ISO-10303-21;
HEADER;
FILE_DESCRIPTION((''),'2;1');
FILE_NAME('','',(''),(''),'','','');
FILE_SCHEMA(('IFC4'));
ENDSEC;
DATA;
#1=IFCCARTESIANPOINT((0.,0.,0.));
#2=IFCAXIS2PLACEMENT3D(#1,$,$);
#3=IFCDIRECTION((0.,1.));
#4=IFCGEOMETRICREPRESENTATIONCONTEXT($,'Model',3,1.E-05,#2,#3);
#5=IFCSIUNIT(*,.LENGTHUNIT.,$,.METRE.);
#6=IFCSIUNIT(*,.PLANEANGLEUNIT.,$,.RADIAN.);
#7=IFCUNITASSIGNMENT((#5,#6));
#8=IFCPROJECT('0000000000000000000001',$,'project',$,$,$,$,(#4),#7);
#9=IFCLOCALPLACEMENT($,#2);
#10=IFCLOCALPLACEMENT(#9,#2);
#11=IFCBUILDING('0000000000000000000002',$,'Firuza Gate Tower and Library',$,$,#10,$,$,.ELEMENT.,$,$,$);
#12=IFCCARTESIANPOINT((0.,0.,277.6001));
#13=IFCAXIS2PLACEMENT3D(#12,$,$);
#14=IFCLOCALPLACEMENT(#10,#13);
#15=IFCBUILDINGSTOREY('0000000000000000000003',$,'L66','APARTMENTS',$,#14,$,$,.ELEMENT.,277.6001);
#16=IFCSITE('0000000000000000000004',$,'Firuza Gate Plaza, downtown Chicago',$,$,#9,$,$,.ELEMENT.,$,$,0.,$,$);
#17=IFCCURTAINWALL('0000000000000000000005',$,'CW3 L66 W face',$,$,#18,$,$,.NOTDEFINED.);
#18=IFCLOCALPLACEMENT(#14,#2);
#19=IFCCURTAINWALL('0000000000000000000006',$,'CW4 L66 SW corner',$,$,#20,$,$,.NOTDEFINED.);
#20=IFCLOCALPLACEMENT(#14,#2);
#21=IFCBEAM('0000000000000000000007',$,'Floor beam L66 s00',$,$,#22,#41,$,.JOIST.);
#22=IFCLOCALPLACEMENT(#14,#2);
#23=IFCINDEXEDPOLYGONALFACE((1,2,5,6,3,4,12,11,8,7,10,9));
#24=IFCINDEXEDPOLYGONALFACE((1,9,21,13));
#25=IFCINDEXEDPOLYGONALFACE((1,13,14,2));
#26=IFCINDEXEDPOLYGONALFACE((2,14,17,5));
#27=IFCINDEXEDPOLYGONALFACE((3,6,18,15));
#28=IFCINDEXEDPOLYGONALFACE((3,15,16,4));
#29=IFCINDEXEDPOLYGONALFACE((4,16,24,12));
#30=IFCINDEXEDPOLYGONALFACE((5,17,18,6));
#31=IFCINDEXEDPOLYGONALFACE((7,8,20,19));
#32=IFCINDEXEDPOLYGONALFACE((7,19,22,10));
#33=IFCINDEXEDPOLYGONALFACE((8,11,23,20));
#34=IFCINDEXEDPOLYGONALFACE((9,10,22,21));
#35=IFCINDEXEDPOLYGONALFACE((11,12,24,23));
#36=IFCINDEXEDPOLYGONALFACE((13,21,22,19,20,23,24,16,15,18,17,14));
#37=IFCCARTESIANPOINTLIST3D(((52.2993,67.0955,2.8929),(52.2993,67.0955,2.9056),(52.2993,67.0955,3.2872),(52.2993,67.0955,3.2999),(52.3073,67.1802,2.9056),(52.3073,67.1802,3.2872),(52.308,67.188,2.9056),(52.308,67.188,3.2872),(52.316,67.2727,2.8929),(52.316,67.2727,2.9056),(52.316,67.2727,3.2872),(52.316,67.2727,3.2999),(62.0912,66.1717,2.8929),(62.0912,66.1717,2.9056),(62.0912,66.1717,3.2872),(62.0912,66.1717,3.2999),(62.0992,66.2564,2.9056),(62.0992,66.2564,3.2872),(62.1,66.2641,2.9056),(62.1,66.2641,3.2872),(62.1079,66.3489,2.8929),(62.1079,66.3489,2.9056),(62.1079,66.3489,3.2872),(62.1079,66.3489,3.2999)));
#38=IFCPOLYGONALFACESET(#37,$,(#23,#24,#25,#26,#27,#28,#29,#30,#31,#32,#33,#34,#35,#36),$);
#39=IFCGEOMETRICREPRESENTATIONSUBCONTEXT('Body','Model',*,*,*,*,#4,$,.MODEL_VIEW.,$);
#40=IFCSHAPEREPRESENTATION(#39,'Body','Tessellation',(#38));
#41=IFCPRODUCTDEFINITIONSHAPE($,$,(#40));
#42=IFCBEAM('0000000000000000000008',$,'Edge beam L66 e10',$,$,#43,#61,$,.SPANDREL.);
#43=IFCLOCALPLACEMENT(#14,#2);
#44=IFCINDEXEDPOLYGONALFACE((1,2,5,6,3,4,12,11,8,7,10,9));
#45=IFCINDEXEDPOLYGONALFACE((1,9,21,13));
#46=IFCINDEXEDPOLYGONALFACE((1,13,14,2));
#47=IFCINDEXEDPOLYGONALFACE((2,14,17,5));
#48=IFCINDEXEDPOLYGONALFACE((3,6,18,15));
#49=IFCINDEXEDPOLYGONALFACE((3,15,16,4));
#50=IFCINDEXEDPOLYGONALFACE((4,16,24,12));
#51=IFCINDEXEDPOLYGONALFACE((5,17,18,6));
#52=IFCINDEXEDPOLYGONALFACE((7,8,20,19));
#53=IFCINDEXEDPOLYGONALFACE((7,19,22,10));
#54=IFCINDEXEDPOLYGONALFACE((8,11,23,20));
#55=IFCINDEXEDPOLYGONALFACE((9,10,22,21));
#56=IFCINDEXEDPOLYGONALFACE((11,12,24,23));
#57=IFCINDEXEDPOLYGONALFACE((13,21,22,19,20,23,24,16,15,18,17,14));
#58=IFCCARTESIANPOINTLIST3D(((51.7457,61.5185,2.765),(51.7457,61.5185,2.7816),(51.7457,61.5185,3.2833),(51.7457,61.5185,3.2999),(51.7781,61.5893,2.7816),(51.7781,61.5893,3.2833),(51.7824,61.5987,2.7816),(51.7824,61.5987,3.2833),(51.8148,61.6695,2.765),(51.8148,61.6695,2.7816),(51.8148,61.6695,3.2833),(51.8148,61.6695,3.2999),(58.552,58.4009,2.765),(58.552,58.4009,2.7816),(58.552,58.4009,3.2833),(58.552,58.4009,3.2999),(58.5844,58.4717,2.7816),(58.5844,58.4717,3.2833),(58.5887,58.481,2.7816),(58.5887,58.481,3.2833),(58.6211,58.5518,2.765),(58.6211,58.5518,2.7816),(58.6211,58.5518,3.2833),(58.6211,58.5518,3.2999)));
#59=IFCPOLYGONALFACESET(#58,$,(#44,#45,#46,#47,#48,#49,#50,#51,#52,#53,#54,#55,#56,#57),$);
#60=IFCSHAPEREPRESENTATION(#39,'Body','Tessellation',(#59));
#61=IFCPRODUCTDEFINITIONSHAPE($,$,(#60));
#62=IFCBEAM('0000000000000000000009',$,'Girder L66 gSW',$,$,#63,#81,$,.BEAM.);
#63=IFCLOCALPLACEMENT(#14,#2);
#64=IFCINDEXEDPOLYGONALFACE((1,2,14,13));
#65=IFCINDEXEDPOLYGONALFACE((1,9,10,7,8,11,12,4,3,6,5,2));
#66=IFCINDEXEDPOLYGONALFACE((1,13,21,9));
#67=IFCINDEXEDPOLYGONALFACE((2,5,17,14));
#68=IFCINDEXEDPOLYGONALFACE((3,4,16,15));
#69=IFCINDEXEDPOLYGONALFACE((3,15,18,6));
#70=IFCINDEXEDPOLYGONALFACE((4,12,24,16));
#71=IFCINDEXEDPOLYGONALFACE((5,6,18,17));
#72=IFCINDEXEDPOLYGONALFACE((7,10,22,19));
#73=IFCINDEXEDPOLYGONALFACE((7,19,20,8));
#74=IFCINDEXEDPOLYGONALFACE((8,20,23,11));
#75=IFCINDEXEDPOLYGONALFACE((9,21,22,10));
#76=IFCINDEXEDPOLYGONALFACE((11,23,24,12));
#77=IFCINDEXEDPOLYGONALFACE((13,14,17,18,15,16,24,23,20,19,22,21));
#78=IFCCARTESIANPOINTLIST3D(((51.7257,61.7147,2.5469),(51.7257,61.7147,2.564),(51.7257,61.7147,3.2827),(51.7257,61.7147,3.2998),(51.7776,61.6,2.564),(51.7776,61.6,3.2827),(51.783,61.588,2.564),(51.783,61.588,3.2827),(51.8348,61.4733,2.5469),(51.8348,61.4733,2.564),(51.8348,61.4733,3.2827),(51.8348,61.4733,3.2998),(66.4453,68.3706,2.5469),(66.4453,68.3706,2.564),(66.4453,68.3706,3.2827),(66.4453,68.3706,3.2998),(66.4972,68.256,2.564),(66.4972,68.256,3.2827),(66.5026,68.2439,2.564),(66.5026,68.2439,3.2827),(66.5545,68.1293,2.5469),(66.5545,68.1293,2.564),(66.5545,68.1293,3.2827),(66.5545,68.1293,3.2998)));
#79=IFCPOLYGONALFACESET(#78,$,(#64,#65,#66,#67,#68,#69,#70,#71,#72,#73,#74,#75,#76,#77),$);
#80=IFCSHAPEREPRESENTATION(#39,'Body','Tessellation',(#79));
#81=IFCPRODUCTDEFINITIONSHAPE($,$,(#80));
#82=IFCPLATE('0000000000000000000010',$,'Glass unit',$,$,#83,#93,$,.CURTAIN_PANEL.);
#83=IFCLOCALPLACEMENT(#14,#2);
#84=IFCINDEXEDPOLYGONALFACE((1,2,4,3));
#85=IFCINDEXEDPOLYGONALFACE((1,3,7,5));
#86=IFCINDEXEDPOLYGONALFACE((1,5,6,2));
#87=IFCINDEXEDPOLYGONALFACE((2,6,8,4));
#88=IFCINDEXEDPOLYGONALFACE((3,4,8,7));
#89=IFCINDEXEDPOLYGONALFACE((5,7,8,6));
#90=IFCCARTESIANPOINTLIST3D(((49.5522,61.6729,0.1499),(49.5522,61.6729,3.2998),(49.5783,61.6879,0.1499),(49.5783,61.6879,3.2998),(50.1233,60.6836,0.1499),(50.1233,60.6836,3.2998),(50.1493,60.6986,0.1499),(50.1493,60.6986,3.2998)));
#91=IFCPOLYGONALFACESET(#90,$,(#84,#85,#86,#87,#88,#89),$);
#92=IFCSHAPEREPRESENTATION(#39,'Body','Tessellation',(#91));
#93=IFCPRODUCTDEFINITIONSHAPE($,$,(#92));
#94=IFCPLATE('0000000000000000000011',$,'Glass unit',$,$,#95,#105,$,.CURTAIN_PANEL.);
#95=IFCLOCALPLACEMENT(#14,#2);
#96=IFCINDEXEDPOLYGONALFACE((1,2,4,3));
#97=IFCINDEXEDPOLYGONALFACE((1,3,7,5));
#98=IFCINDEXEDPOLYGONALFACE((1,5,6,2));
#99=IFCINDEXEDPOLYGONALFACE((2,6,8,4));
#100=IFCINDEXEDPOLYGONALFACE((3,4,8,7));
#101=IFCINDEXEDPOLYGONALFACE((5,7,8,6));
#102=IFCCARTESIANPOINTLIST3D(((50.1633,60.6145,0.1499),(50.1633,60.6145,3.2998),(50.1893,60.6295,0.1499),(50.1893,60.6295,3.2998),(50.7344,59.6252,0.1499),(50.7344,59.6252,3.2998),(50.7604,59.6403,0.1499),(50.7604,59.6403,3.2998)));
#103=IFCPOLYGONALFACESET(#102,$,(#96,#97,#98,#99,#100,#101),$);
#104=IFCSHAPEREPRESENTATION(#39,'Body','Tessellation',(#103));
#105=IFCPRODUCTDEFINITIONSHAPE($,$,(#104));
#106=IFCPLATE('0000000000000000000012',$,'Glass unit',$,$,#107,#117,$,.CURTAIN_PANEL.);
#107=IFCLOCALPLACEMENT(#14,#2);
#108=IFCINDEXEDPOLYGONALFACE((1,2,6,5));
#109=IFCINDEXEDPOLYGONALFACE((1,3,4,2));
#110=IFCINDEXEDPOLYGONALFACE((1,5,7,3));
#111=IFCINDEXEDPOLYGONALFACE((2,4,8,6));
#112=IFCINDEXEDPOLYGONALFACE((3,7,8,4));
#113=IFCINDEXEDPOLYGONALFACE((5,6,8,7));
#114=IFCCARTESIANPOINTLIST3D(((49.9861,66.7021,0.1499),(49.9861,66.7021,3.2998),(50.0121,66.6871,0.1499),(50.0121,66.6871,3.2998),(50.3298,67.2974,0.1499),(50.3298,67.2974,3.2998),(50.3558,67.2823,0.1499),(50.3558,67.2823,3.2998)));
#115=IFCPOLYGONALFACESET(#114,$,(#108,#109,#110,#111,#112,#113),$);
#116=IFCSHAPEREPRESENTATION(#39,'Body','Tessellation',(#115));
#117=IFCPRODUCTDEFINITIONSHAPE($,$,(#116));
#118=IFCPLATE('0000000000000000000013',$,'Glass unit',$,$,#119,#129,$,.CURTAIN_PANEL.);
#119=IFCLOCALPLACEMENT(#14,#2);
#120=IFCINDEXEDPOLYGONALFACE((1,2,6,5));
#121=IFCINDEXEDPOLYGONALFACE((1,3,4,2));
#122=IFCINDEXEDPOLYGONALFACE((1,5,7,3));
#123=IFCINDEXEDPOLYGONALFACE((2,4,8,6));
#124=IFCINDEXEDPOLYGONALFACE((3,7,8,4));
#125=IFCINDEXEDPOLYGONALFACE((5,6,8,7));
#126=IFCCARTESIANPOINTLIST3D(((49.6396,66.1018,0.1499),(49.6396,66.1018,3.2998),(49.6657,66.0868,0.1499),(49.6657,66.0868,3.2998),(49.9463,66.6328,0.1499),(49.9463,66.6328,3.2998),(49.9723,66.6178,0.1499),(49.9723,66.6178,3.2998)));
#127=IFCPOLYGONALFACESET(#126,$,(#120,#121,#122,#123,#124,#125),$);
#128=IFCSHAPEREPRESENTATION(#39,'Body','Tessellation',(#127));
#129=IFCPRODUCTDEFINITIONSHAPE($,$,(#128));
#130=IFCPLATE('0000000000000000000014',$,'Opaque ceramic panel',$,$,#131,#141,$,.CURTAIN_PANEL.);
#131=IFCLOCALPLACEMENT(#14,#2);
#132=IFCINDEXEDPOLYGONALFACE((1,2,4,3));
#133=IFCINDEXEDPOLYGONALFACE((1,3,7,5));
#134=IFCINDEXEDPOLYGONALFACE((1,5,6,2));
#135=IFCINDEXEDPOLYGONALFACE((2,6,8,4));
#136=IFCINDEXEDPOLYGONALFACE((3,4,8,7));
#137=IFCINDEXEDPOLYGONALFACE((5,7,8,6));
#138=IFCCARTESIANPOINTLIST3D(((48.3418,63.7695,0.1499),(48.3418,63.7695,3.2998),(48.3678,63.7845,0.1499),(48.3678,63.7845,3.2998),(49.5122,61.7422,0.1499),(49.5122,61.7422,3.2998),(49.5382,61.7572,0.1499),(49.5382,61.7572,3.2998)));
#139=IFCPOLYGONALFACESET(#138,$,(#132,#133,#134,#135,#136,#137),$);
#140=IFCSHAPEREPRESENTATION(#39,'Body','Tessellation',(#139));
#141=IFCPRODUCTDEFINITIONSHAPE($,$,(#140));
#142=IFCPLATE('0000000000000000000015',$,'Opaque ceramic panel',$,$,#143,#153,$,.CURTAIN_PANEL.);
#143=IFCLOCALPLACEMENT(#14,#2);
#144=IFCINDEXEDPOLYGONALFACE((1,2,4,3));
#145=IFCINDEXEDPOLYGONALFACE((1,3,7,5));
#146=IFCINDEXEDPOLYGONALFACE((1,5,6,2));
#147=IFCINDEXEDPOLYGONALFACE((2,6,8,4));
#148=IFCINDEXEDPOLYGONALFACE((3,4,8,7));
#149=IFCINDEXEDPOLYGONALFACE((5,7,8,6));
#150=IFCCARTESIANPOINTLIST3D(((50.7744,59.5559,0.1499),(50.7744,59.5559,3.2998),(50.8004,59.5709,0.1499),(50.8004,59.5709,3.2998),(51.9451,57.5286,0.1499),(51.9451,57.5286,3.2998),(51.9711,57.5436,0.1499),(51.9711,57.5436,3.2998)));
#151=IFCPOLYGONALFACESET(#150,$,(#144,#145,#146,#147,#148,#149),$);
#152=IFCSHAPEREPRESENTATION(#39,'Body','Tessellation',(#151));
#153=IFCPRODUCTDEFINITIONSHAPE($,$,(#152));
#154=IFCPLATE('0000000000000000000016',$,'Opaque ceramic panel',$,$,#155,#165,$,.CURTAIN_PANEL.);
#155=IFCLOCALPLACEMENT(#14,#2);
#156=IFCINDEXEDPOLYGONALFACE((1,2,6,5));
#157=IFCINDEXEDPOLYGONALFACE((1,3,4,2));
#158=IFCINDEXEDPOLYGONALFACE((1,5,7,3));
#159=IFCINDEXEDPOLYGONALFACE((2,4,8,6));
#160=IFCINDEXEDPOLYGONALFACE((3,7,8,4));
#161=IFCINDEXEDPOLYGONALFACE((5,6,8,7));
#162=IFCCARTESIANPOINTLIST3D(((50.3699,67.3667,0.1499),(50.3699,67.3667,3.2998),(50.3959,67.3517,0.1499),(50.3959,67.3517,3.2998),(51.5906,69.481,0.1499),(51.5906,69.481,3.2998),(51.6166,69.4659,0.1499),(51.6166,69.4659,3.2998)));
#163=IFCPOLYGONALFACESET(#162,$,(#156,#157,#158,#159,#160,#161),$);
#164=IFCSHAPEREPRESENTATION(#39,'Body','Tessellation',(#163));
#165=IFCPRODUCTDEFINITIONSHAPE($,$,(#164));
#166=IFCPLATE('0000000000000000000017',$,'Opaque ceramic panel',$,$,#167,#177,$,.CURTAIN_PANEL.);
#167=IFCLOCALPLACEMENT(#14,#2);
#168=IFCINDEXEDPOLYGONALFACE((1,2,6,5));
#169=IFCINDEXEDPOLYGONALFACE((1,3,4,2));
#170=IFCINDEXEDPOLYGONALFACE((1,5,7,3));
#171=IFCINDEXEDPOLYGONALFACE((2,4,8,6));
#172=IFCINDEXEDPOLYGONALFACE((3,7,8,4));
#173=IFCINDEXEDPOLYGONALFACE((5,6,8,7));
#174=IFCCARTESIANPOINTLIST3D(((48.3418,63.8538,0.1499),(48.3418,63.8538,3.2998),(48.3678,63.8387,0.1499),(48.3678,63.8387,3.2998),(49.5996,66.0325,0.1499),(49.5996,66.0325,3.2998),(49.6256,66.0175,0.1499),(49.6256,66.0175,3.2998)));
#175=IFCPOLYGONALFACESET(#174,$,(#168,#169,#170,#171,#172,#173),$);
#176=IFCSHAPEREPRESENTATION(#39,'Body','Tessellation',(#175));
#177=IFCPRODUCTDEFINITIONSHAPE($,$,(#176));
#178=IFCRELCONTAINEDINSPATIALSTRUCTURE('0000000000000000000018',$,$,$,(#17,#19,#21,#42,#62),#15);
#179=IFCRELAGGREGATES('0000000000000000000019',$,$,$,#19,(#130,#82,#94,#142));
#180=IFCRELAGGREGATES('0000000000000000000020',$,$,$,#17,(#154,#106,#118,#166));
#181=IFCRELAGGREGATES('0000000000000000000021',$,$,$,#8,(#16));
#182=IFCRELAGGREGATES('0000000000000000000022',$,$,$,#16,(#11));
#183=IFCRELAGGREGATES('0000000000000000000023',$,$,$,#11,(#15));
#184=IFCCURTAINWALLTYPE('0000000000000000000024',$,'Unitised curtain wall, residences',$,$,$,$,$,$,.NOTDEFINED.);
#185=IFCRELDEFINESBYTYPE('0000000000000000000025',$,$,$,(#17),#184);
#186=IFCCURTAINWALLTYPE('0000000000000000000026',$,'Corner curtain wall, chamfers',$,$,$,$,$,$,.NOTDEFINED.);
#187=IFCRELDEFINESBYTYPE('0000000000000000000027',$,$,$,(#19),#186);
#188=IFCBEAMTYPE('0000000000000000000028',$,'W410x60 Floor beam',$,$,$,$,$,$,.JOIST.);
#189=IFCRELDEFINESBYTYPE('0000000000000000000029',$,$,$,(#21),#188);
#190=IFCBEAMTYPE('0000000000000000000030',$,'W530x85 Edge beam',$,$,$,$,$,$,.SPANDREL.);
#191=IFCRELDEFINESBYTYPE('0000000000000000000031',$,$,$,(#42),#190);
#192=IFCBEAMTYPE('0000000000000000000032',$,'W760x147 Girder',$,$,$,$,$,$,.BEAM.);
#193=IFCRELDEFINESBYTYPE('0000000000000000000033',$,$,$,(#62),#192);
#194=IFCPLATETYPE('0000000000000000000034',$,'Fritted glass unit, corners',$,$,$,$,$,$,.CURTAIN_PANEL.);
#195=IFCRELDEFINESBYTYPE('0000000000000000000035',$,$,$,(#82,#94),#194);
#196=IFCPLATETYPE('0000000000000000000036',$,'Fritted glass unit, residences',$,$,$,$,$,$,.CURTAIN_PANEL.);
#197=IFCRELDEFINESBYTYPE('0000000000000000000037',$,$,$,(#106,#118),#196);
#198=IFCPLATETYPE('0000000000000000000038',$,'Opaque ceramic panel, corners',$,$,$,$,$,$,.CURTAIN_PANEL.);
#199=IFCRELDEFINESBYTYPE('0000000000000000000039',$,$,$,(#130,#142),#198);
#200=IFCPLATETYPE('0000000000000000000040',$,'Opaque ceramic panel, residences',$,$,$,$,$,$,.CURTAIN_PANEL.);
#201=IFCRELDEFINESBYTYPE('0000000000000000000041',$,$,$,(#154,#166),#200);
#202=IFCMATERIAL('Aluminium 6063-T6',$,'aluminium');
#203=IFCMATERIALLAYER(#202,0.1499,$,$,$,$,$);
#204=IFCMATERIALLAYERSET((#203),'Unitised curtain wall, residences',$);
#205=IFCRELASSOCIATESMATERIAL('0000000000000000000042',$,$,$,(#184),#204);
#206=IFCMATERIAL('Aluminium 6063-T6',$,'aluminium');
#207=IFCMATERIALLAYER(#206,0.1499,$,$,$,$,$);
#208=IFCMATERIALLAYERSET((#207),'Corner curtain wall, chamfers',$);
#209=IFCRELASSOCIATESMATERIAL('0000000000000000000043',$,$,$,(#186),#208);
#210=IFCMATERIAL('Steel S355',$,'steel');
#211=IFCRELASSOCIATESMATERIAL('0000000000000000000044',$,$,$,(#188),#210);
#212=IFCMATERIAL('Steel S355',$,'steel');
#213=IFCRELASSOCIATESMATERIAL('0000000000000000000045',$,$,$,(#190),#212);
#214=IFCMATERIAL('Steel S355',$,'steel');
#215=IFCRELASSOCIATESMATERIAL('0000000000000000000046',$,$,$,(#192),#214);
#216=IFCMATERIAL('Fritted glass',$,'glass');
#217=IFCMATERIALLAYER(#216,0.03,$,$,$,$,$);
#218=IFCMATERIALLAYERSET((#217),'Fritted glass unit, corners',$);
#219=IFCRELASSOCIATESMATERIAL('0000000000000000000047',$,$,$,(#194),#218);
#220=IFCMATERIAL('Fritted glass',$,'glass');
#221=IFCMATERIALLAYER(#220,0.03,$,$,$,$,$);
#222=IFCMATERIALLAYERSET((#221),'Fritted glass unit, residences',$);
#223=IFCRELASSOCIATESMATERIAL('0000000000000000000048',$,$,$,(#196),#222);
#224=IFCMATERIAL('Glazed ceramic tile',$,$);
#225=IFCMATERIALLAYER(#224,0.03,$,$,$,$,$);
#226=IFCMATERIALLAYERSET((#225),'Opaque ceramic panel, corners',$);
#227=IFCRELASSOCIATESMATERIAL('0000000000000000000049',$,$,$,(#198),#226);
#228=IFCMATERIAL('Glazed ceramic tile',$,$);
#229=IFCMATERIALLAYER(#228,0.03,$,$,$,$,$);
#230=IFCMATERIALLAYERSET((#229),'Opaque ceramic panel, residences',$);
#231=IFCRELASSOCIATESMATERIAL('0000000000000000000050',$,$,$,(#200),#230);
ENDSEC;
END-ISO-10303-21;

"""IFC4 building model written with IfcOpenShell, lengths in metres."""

from ifc_helpers import new_model, si_unit, direction, frame, origin, origin_2d, place, context, subcontext, project, spatial, polyline, i_section, outline, extrude, material, layer, layer_set, material_profile, profile_set, type_object, element, aggregate, save


model = new_model("IFC4")

# Units and contexts
model_context = context("Model", 3, precision=1e-05, world=origin(), true_north=direction((0.0, 1.0)))
body_context = subcontext(model_context, "Body", "Model", "MODEL_VIEW")
ifc_project = project(units=[si_unit("LENGTHUNIT", "METRE"), si_unit("PLANEANGLEUNIT", "RADIAN")], contexts=[model_context])

# Site, building, storey
site_placement = place(None, origin())
site = spatial("IfcSite", under=ifc_project, at=site_placement, Name="Firuza Gate Plaza, downtown Chicago", CompositionType="ELEMENT", RefElevation=0.0)
building_placement = place(site_placement, origin())
building = spatial("IfcBuilding", under=site, at=building_placement, Name="Firuza Gate Tower and Library", CompositionType="ELEMENT")
storey_placement = place(building_placement, frame((0.0, 0.0, 277.6001)))
storey = spatial("IfcBuildingStorey", under=building, at=storey_placement, Name="L66", Description="APARTMENTS", CompositionType="ELEMENT", Elevation=277.6001)

# Curtain walls
ifc_material_1 = material(Name="Aluminium 6063-T6", Category="aluminium")
ifc_layer_1 = layer(ifc_material_1, 0.1499)
ifc_layer_set_1 = layer_set([ifc_layer_1], Name="Unitised curtain wall, residences")
curtain_wall_type_1 = type_object("IfcCurtainWallType", Name="Unitised curtain wall, residences", PredefinedType="NOTDEFINED", material=ifc_layer_set_1)
placement = place(storey_placement, origin())
curtain_wall_1 = element("IfcCurtainWall", 1, at=placement, inside=storey, type_object=curtain_wall_type_1, Name="CW3 L66 W face", PredefinedType="NOTDEFINED")
ifc_material_2 = material(Name="Aluminium 6063-T6", Category="aluminium")
ifc_layer_2 = layer(ifc_material_2, 0.1499)
ifc_layer_set_2 = layer_set([ifc_layer_2], Name="Corner curtain wall, chamfers")
curtain_wall_type_2 = type_object("IfcCurtainWallType", Name="Corner curtain wall, chamfers", PredefinedType="NOTDEFINED", material=ifc_layer_set_2)
curtain_wall_2 = element("IfcCurtainWall", 2, at=placement, inside=storey, type_object=curtain_wall_type_2, Name="CW4 L66 SW corner", PredefinedType="NOTDEFINED")

# Beams
ifc_material_3 = material(Name="Steel S355", Category="steel")
ifc_material_profile_1 = material_profile(ifc_material_3, i_section(OverallWidth=0.178, OverallDepth=0.407, WebThickness=0.0078, FlangeThickness=0.0127, at=origin_2d()))
ifc_profile_set_1 = profile_set([ifc_material_profile_1], Name="Steel S355")
beam_type_1 = type_object("IfcBeamType", Name="W410x60 Floor beam", PredefinedType="JOIST", material=ifc_profile_set_1)
beam_1_placement = place(storey_placement, frame((52.3076, 67.1841, 3.0964), z_axis=(0.995579, -0.093928, 0.0), x_axis=(0.093928, 0.995579, 0.0)))
element("IfcBeam", 3, at=beam_1_placement, inside=storey, type_object=beam_type_1, Name="Floor beam L66 s00", PredefinedType="JOIST", context=body_context, shape_type="SweptSolid", body=[
    extrude(i_section(OverallWidth=0.178, OverallDepth=0.407, WebThickness=0.0078, FlangeThickness=0.0127, at=origin_2d()), origin(), (0.0, 0.0, 1.0), 9.8354),
])
ifc_material_4 = material(Name="Steel S355", Category="steel")
ifc_material_profile_2 = material_profile(ifc_material_4, i_section(OverallWidth=0.166, OverallDepth=0.5349, WebThickness=0.0103, FlangeThickness=0.0166, at=origin_2d()))
ifc_profile_set_2 = profile_set([ifc_material_profile_2], Name="Steel S355")
beam_type_2 = type_object("IfcBeamType", Name="W530x85 Edge beam", PredefinedType="SPANDREL", material=ifc_profile_set_2)
beam_2_placement = place(storey_placement, frame((51.7803, 61.594, 3.0325), z_axis=(0.909162, -0.416442, 0.0), x_axis=(0.416442, 0.909162, 0.0)))
element("IfcBeam", 4, at=beam_2_placement, inside=storey, type_object=beam_type_2, Name="Edge beam L66 e10", PredefinedType="SPANDREL", context=body_context, shape_type="SweptSolid", body=[
    extrude(i_section(OverallWidth=0.166, OverallDepth=0.5349, WebThickness=0.0103, FlangeThickness=0.0166, at=origin_2d()), origin(), (0.0, 0.0, 1.0), 7.4863),
])
ifc_material_5 = material(Name="Steel S355", Category="steel")
ifc_material_profile_3 = material_profile(ifc_material_5, i_section(OverallWidth=0.2649, OverallDepth=0.7529, WebThickness=0.0132, FlangeThickness=0.0171, at=origin_2d()))
ifc_profile_set_3 = profile_set([ifc_material_profile_3], Name="Steel S355")
beam_type_3 = type_object("IfcBeamType", Name="W760x147 Girder", PredefinedType="BEAM", material=ifc_profile_set_3)
beam_3_placement = place(storey_placement, frame((51.7803, 61.594, 2.9233), z_axis=(0.911176, 0.412018, 0.0), x_axis=(-0.412018, 0.911176, 0.0)))
element("IfcBeam", 5, at=beam_3_placement, inside=storey, type_object=beam_type_3, Name="Girder L66 gSW", PredefinedType="BEAM", context=body_context, shape_type="SweptSolid", body=[
    extrude(i_section(OverallWidth=0.2649, OverallDepth=0.7529, WebThickness=0.0132, FlangeThickness=0.0171, at=origin_2d()), origin(), (0.0, 0.0, 1.0), 16.1545),
])

# Plates
ifc_material_6 = material(Name="Fritted glass", Category="glass")
ifc_layer_3 = layer(ifc_material_6, 0.03)
ifc_layer_set_3 = layer_set([ifc_layer_3], Name="Fritted glass unit, corners")
plate_type_1 = type_object("IfcPlateType", Name="Fritted glass unit, corners", PredefinedType="CURTAIN_PANEL", material=ifc_layer_set_3)
plate_1_placement = place(storey_placement, frame((49.5522, 61.6729, 0.1499), z_axis=(-0.866065, -0.499932, 0.0), x_axis=(0.499932, -0.866065, 0.0)))
plate_1 = element("IfcPlate", 6, at=plate_1_placement, type_object=plate_type_1, Name="Glass unit", PredefinedType="CURTAIN_PANEL", context=body_context, shape_type="SweptSolid", body=[
    extrude(outline(polyline([(0.0, 0.0), (1.1422, 0.0), (1.1422, 3.1499), (0.0, 3.1499), (0.0, 0.0)])), origin(), (0.0, 0.0, -1.0), 0.03),
])
plate_2_placement = place(storey_placement, frame((50.1633, 60.6145, 0.1499), z_axis=(-0.866065, -0.499932, 0.0), x_axis=(0.499932, -0.866065, 0.0)))
plate_2 = element("IfcPlate", 7, at=plate_2_placement, type_object=plate_type_1, Name="Glass unit", PredefinedType="CURTAIN_PANEL", context=body_context, shape_type="SweptSolid", body=[
    extrude(outline(polyline([(0.0, 0.0), (1.1422, 0.0), (1.1422, 3.1499), (0.0, 3.1499), (0.0, 0.0)])), origin(), (0.0, 0.0, -1.0), 0.03),
])
ifc_material_7 = material(Name="Fritted glass", Category="glass")
ifc_layer_4 = layer(ifc_material_7, 0.03)
ifc_layer_set_4 = layer_set([ifc_layer_4], Name="Fritted glass unit, residences")
plate_type_2 = type_object("IfcPlateType", Name="Fritted glass unit, residences", PredefinedType="CURTAIN_PANEL", material=ifc_layer_set_4)
plate_3_placement = place(storey_placement, frame((50.3298, 67.2974, 0.1499), z_axis=(-0.865961, 0.500112, 0.0), x_axis=(-0.500112, -0.865961, 0.0)))
plate_3 = element("IfcPlate", 8, at=plate_3_placement, type_object=plate_type_2, Name="Glass unit", PredefinedType="CURTAIN_PANEL", context=body_context, shape_type="SweptSolid", body=[
    extrude(outline(polyline([(0.0, 0.0), (0.6873, 0.0), (0.6873, 3.1499), (0.0, 3.1499), (0.0, 0.0)])), origin(), (0.0, 0.0, -1.0), 0.03),
])
plate_4_placement = place(storey_placement, frame((49.9463, 66.6328, 0.1499), z_axis=(-0.86598, 0.500079, 0.0), x_axis=(-0.500079, -0.86598, 0.0)))
plate_4 = element("IfcPlate", 9, at=plate_4_placement, type_object=plate_type_2, Name="Glass unit", PredefinedType="CURTAIN_PANEL", context=body_context, shape_type="SweptSolid", body=[
    extrude(outline(polyline([(0.0, 0.0), (0.6132, 0.0), (0.6132, 3.1499), (0.0, 3.1499), (0.0, 0.0)])), origin(), (0.0, 0.0, -1.0), 0.03),
])
ifc_material_8 = material(Name="Glazed ceramic tile")
ifc_layer_5 = layer(ifc_material_8, 0.03)
ifc_layer_set_5 = layer_set([ifc_layer_5], Name="Opaque ceramic panel, corners")
plate_type_3 = type_object("IfcPlateType", Name="Opaque ceramic panel, corners", PredefinedType="CURTAIN_PANEL", material=ifc_layer_set_5)
plate_5_placement = place(storey_placement, frame((48.3418, 63.7695, 0.1499), z_axis=(-0.86604, -0.499975, 0.0), x_axis=(0.499975, -0.86604, 0.0)))
plate_5 = element("IfcPlate", 10, at=plate_5_placement, type_object=plate_type_3, Name="Opaque ceramic panel", PredefinedType="CURTAIN_PANEL", context=body_context, shape_type="SweptSolid", body=[
    extrude(outline(polyline([(0.0, 0.0), (2.3409, 0.0), (2.3409, 3.1499), (0.0, 3.1499), (0.0, 0.0)])), origin(), (0.0, 0.0, -1.0), 0.03),
])
plate_6_placement = place(storey_placement, frame((50.7744, 59.5559, 0.1499), z_axis=(-0.865995, -0.500053, 0.0), x_axis=(0.500053, -0.865995, 0.0)))
plate_6 = element("IfcPlate", 11, at=plate_6_placement, type_object=plate_type_3, Name="Opaque ceramic panel", PredefinedType="CURTAIN_PANEL", context=body_context, shape_type="SweptSolid", body=[
    extrude(outline(polyline([(0.0, 0.0), (2.3411, 0.0), (2.3411, 3.1499), (0.0, 3.1499), (0.0, 0.0)])), origin(), (0.0, 0.0, -1.0), 0.03),
])
aggregate(curtain_wall_2, [plate_5, plate_1, plate_2, plate_6])
ifc_material_9 = material(Name="Glazed ceramic tile")
ifc_layer_6 = layer(ifc_material_9, 0.03)
ifc_layer_set_6 = layer_set([ifc_layer_6], Name="Opaque ceramic panel, residences")
plate_type_4 = type_object("IfcPlateType", Name="Opaque ceramic panel, residences", PredefinedType="CURTAIN_PANEL", material=ifc_layer_set_6)
plate_7_placement = place(storey_placement, frame((51.5906, 69.481, 0.1499), z_axis=(-0.866019, 0.500011, 0.0), x_axis=(-0.500011, -0.866019, 0.0)))
plate_7 = element("IfcPlate", 12, at=plate_7_placement, type_object=plate_type_4, Name="Opaque ceramic panel", PredefinedType="CURTAIN_PANEL", context=body_context, shape_type="SweptSolid", body=[
    extrude(outline(polyline([(0.0, 0.0), (2.4414, 0.0), (2.4414, 3.1499), (0.0, 3.1499), (0.0, 0.0)])), origin(), (0.0, 0.0, -1.0), 0.03),
])
plate_8_placement = place(storey_placement, frame((49.5996, 66.0325, 0.1499), z_axis=(-0.866037, 0.49998, 0.0), x_axis=(-0.49998, -0.866037, 0.0)))
plate_8 = element("IfcPlate", 13, at=plate_8_placement, type_object=plate_type_4, Name="Opaque ceramic panel", PredefinedType="CURTAIN_PANEL", context=body_context, shape_type="SweptSolid", body=[
    extrude(outline(polyline([(0.0, 0.0), (2.5157, 0.0), (2.5157, 3.1499), (0.0, 3.1499), (0.0, 0.0)])), origin(), (0.0, 0.0, -1.0), 0.03),
])
aggregate(curtain_wall_1, [plate_7, plate_3, plate_4, plate_8])

save(model, "model.ifc")
